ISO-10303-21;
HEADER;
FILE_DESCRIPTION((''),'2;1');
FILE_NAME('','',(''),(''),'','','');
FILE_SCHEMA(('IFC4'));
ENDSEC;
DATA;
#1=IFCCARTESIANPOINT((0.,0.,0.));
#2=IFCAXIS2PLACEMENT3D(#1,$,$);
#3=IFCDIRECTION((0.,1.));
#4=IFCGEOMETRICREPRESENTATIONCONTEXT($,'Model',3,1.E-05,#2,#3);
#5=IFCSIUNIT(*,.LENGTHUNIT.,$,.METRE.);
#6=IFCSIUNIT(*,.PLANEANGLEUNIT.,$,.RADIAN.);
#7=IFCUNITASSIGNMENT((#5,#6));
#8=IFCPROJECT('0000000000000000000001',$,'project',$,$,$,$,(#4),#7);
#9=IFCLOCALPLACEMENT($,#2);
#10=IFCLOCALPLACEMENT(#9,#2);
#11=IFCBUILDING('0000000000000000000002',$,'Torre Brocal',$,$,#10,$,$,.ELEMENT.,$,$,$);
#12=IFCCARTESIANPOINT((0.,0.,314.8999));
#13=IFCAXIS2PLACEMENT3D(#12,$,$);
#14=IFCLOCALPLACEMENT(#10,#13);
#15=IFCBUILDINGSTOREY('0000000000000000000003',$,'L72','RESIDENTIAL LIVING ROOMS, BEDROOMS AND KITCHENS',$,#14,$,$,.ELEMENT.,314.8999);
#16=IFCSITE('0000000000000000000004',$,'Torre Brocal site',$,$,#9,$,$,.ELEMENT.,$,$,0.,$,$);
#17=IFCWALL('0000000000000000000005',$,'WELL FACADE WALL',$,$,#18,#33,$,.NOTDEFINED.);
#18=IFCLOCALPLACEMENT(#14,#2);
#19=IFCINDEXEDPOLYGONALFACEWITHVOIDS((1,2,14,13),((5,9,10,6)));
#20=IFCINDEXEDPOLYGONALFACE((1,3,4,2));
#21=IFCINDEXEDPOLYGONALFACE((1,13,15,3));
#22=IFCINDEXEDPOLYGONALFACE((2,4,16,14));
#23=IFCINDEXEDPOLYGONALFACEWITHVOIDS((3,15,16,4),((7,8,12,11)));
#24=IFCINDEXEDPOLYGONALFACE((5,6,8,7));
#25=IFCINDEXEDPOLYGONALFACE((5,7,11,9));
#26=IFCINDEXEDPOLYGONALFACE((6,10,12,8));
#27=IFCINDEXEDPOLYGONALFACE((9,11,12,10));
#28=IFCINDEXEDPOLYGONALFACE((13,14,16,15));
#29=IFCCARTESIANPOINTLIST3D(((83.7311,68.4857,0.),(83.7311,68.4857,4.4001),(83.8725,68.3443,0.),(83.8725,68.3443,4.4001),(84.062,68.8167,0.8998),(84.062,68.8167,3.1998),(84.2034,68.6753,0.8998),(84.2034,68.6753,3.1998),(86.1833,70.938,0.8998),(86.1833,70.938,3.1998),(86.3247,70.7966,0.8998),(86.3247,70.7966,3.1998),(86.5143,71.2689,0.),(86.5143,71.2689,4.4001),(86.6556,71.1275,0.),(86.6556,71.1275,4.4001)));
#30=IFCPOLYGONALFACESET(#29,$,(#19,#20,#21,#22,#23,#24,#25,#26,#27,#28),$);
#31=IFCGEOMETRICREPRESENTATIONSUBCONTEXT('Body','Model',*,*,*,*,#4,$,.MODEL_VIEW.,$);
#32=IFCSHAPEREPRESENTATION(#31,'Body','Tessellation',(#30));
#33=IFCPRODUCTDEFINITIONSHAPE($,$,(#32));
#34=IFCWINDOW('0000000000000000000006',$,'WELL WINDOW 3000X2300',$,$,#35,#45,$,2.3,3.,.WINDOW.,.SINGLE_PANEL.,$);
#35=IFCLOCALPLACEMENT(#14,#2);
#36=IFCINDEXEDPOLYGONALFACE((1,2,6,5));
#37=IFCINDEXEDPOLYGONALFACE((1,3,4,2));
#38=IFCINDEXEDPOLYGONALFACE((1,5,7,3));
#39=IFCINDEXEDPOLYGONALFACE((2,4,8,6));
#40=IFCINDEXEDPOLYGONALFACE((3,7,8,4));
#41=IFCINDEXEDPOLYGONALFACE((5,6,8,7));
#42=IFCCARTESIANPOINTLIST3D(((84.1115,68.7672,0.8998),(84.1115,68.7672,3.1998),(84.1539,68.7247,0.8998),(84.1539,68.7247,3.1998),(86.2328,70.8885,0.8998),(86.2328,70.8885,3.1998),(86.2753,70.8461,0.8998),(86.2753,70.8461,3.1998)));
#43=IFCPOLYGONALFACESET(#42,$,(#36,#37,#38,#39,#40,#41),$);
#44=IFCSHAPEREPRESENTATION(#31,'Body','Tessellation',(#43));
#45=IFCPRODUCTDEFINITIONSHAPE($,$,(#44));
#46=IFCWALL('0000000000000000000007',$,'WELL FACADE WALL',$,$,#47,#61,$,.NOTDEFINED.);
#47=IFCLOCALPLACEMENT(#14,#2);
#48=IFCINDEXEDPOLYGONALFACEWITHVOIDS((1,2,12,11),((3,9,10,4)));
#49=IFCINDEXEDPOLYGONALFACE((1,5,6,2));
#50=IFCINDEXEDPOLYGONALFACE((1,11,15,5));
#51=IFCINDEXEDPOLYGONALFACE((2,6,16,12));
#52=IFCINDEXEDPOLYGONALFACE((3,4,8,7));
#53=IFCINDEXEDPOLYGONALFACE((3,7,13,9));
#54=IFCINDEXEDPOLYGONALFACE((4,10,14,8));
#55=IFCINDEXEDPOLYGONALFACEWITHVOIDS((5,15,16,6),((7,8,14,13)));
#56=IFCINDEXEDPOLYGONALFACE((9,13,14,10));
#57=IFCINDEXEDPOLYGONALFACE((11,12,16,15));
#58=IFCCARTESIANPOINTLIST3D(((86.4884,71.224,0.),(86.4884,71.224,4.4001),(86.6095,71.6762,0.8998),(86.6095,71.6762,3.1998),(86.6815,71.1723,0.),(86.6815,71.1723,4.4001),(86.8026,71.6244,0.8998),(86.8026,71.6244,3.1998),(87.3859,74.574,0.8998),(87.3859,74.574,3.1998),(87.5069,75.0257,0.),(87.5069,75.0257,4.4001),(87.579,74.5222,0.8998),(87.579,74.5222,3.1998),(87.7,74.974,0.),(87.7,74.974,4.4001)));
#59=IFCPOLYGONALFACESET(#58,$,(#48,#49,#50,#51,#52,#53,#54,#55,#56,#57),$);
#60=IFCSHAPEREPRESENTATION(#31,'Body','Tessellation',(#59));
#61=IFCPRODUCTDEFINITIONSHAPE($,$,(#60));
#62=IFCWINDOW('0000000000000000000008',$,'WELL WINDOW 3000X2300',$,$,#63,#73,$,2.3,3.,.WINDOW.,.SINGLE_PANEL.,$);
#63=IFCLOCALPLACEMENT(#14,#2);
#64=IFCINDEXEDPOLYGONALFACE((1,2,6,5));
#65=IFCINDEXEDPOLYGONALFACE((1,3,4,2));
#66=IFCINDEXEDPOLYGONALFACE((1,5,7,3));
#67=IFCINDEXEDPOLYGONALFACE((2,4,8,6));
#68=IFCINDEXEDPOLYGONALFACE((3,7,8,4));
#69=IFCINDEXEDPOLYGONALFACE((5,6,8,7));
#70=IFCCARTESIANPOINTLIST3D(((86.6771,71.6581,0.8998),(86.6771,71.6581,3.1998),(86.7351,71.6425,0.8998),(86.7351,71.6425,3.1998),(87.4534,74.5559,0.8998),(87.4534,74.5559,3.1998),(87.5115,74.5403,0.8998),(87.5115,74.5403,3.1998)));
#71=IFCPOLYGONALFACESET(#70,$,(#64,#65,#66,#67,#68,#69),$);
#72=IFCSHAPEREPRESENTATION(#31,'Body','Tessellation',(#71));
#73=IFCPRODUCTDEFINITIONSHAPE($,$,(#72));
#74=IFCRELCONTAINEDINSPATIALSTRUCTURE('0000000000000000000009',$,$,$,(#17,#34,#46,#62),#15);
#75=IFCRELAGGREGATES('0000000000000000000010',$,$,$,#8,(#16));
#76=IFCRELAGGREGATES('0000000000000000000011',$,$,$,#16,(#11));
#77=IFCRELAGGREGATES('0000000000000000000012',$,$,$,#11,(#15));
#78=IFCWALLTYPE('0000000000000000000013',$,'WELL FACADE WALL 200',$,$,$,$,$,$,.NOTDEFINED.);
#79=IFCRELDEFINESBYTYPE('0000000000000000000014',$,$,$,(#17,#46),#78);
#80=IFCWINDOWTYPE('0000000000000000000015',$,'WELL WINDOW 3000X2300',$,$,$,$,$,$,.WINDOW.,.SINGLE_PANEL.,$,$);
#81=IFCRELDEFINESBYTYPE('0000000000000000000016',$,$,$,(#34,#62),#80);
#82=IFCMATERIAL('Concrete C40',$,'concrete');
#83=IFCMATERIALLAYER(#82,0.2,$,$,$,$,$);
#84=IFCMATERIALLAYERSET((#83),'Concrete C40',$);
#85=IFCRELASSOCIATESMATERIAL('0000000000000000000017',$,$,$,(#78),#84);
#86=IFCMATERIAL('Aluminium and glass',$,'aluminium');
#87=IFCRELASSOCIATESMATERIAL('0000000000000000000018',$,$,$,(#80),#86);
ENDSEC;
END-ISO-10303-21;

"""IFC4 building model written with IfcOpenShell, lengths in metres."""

from ifc_helpers import new_model, si_unit, direction, frame, frame_2d, origin, place, context, subcontext, project, spatial, rectangle, extrude, material, layer, layer_set, type_object, element, fill, save


model = new_model("IFC4")

# Units and contexts
model_context = context("Model", 3, precision=1e-05, world=origin(), true_north=direction((0.0, 1.0)))
body_context = subcontext(model_context, "Body", "Model", "MODEL_VIEW")
ifc_project = project(units=[si_unit("LENGTHUNIT", "METRE"), si_unit("PLANEANGLEUNIT", "RADIAN")], contexts=[model_context])

# Site, building, storey
site_placement = place(None, origin())
site = spatial("IfcSite", under=ifc_project, at=site_placement, Name="Torre Brocal site", CompositionType="ELEMENT", RefElevation=0.0)
building_placement = place(site_placement, origin())
building = spatial("IfcBuilding", under=site, at=building_placement, Name="Torre Brocal", CompositionType="ELEMENT")
storey_placement = place(building_placement, frame((0.0, 0.0, 314.8999)))
storey = spatial("IfcBuildingStorey", under=building, at=storey_placement, Name="L72", Description="RESIDENTIAL LIVING ROOMS, BEDROOMS AND KITCHENS", CompositionType="ELEMENT", Elevation=314.8999)

# Walls, openings, windows
ifc_material_1 = material(Name="Concrete C40", Category="concrete")
ifc_layer_1 = layer(ifc_material_1, 0.2)
ifc_layer_set_1 = layer_set([ifc_layer_1], Name="Concrete C40")
wall_type_1 = type_object("IfcWallType", Name="WELL FACADE WALL 200", PredefinedType="NOTDEFINED", material=ifc_layer_set_1)
ifc_material_2 = material(Name="Aluminium and glass", Category="aluminium")
window_type = type_object("IfcWindowType", Name="WELL WINDOW 3000X2300", PartitioningType="SINGLE_PANEL", PredefinedType="WINDOW", material=ifc_material_2)
wall_1_placement = place(storey_placement, frame((83.8018, 68.415, 0.0), z_axis=(0.0, 0.0, 1.0), x_axis=(0.707107, 0.707107, 0.0)))
wall_1 = element("IfcWall", 1, at=wall_1_placement, inside=storey, type_object=wall_type_1, Name="WELL FACADE WALL", PredefinedType="NOTDEFINED", context=body_context, shape_type="SweptSolid", body=[
    extrude(rectangle(XDim=3.936, YDim=0.2, at=frame_2d((1.968, 0.0))), origin(), (0.0, 0.0, 1.0), 4.4001),
])
opening_1_placement = place(wall_1_placement, frame((0.468, 0.0, 0.8999)))
opening_1 = element("IfcOpeningElement", 2, at=opening_1_placement, cuts=wall_1, PredefinedType="OPENING", context=body_context, shape_type="SweptSolid", body=[
    extrude(rectangle(XDim=3.0, YDim=2.3, at=frame_2d((1.5, 1.1499))), frame((0.0, 0.1099, 0.0), z_axis=(0.0, -1.0, 0.0), x_axis=(1.0, 0.0, 0.0)), (0.0, 0.0, 1.0), 0.22),
])
window_1_placement = place(opening_1_placement, origin())
window_1 = element("IfcWindow", 3, at=window_1_placement, inside=storey, type_object=window_type, Name="WELL WINDOW 3000X2300", OverallHeight=2.3, OverallWidth=3.0, PartitioningType="SINGLE_PANEL", PredefinedType="WINDOW", context=body_context, shape_type="SweptSolid", body=[
    extrude(rectangle(XDim=3.0, YDim=2.3, at=frame_2d((1.5, 1.1499))), frame((0.0, 0.03, 0.0), z_axis=(0.0, -1.0, 0.0), x_axis=(1.0, 0.0, 0.0)), (0.0, 0.0, 1.0), 0.0601),
])
fill(opening_1, window_1)
wall_2_placement = place(storey_placement, frame((86.585, 71.1982, 0.0), z_axis=(0.0, 0.0, 1.0), x_axis=(0.25879, 0.965934, 0.0)))
wall_2 = element("IfcWall", 4, at=wall_2_placement, inside=storey, type_object=wall_type_1, Name="WELL FACADE WALL", PredefinedType="NOTDEFINED", context=body_context, shape_type="SweptSolid", body=[
    extrude(rectangle(XDim=3.9358, YDim=0.2, at=frame_2d((1.9678, 0.0))), origin(), (0.0, 0.0, 1.0), 4.4001),
])
opening_2_placement = place(wall_2_placement, frame((0.468, 0.0, 0.8999)))
opening_2 = element("IfcOpeningElement", 5, at=opening_2_placement, cuts=wall_2, PredefinedType="OPENING", context=body_context, shape_type="SweptSolid", body=[
    extrude(rectangle(XDim=3.0, YDim=2.3, at=frame_2d((1.5, 1.1499))), frame((0.0, 0.1099, 0.0), z_axis=(0.0, -1.0, 0.0), x_axis=(1.0, 0.0, 0.0)), (0.0, 0.0, 1.0), 0.22),
])
window_2_placement = place(opening_2_placement, origin())
window_2 = element("IfcWindow", 6, at=window_2_placement, inside=storey, type_object=window_type, Name="WELL WINDOW 3000X2300", OverallHeight=2.3, OverallWidth=3.0, PartitioningType="SINGLE_PANEL", PredefinedType="WINDOW", context=body_context, shape_type="SweptSolid", body=[
    extrude(rectangle(XDim=3.0, YDim=2.3, at=frame_2d((1.5, 1.1499))), frame((0.0, 0.03, 0.0), z_axis=(0.0, -1.0, 0.0), x_axis=(1.0, 0.0, 0.0)), (0.0, 0.0, 1.0), 0.0601),
])
fill(opening_2, window_2)

save(model, "model.ifc")
